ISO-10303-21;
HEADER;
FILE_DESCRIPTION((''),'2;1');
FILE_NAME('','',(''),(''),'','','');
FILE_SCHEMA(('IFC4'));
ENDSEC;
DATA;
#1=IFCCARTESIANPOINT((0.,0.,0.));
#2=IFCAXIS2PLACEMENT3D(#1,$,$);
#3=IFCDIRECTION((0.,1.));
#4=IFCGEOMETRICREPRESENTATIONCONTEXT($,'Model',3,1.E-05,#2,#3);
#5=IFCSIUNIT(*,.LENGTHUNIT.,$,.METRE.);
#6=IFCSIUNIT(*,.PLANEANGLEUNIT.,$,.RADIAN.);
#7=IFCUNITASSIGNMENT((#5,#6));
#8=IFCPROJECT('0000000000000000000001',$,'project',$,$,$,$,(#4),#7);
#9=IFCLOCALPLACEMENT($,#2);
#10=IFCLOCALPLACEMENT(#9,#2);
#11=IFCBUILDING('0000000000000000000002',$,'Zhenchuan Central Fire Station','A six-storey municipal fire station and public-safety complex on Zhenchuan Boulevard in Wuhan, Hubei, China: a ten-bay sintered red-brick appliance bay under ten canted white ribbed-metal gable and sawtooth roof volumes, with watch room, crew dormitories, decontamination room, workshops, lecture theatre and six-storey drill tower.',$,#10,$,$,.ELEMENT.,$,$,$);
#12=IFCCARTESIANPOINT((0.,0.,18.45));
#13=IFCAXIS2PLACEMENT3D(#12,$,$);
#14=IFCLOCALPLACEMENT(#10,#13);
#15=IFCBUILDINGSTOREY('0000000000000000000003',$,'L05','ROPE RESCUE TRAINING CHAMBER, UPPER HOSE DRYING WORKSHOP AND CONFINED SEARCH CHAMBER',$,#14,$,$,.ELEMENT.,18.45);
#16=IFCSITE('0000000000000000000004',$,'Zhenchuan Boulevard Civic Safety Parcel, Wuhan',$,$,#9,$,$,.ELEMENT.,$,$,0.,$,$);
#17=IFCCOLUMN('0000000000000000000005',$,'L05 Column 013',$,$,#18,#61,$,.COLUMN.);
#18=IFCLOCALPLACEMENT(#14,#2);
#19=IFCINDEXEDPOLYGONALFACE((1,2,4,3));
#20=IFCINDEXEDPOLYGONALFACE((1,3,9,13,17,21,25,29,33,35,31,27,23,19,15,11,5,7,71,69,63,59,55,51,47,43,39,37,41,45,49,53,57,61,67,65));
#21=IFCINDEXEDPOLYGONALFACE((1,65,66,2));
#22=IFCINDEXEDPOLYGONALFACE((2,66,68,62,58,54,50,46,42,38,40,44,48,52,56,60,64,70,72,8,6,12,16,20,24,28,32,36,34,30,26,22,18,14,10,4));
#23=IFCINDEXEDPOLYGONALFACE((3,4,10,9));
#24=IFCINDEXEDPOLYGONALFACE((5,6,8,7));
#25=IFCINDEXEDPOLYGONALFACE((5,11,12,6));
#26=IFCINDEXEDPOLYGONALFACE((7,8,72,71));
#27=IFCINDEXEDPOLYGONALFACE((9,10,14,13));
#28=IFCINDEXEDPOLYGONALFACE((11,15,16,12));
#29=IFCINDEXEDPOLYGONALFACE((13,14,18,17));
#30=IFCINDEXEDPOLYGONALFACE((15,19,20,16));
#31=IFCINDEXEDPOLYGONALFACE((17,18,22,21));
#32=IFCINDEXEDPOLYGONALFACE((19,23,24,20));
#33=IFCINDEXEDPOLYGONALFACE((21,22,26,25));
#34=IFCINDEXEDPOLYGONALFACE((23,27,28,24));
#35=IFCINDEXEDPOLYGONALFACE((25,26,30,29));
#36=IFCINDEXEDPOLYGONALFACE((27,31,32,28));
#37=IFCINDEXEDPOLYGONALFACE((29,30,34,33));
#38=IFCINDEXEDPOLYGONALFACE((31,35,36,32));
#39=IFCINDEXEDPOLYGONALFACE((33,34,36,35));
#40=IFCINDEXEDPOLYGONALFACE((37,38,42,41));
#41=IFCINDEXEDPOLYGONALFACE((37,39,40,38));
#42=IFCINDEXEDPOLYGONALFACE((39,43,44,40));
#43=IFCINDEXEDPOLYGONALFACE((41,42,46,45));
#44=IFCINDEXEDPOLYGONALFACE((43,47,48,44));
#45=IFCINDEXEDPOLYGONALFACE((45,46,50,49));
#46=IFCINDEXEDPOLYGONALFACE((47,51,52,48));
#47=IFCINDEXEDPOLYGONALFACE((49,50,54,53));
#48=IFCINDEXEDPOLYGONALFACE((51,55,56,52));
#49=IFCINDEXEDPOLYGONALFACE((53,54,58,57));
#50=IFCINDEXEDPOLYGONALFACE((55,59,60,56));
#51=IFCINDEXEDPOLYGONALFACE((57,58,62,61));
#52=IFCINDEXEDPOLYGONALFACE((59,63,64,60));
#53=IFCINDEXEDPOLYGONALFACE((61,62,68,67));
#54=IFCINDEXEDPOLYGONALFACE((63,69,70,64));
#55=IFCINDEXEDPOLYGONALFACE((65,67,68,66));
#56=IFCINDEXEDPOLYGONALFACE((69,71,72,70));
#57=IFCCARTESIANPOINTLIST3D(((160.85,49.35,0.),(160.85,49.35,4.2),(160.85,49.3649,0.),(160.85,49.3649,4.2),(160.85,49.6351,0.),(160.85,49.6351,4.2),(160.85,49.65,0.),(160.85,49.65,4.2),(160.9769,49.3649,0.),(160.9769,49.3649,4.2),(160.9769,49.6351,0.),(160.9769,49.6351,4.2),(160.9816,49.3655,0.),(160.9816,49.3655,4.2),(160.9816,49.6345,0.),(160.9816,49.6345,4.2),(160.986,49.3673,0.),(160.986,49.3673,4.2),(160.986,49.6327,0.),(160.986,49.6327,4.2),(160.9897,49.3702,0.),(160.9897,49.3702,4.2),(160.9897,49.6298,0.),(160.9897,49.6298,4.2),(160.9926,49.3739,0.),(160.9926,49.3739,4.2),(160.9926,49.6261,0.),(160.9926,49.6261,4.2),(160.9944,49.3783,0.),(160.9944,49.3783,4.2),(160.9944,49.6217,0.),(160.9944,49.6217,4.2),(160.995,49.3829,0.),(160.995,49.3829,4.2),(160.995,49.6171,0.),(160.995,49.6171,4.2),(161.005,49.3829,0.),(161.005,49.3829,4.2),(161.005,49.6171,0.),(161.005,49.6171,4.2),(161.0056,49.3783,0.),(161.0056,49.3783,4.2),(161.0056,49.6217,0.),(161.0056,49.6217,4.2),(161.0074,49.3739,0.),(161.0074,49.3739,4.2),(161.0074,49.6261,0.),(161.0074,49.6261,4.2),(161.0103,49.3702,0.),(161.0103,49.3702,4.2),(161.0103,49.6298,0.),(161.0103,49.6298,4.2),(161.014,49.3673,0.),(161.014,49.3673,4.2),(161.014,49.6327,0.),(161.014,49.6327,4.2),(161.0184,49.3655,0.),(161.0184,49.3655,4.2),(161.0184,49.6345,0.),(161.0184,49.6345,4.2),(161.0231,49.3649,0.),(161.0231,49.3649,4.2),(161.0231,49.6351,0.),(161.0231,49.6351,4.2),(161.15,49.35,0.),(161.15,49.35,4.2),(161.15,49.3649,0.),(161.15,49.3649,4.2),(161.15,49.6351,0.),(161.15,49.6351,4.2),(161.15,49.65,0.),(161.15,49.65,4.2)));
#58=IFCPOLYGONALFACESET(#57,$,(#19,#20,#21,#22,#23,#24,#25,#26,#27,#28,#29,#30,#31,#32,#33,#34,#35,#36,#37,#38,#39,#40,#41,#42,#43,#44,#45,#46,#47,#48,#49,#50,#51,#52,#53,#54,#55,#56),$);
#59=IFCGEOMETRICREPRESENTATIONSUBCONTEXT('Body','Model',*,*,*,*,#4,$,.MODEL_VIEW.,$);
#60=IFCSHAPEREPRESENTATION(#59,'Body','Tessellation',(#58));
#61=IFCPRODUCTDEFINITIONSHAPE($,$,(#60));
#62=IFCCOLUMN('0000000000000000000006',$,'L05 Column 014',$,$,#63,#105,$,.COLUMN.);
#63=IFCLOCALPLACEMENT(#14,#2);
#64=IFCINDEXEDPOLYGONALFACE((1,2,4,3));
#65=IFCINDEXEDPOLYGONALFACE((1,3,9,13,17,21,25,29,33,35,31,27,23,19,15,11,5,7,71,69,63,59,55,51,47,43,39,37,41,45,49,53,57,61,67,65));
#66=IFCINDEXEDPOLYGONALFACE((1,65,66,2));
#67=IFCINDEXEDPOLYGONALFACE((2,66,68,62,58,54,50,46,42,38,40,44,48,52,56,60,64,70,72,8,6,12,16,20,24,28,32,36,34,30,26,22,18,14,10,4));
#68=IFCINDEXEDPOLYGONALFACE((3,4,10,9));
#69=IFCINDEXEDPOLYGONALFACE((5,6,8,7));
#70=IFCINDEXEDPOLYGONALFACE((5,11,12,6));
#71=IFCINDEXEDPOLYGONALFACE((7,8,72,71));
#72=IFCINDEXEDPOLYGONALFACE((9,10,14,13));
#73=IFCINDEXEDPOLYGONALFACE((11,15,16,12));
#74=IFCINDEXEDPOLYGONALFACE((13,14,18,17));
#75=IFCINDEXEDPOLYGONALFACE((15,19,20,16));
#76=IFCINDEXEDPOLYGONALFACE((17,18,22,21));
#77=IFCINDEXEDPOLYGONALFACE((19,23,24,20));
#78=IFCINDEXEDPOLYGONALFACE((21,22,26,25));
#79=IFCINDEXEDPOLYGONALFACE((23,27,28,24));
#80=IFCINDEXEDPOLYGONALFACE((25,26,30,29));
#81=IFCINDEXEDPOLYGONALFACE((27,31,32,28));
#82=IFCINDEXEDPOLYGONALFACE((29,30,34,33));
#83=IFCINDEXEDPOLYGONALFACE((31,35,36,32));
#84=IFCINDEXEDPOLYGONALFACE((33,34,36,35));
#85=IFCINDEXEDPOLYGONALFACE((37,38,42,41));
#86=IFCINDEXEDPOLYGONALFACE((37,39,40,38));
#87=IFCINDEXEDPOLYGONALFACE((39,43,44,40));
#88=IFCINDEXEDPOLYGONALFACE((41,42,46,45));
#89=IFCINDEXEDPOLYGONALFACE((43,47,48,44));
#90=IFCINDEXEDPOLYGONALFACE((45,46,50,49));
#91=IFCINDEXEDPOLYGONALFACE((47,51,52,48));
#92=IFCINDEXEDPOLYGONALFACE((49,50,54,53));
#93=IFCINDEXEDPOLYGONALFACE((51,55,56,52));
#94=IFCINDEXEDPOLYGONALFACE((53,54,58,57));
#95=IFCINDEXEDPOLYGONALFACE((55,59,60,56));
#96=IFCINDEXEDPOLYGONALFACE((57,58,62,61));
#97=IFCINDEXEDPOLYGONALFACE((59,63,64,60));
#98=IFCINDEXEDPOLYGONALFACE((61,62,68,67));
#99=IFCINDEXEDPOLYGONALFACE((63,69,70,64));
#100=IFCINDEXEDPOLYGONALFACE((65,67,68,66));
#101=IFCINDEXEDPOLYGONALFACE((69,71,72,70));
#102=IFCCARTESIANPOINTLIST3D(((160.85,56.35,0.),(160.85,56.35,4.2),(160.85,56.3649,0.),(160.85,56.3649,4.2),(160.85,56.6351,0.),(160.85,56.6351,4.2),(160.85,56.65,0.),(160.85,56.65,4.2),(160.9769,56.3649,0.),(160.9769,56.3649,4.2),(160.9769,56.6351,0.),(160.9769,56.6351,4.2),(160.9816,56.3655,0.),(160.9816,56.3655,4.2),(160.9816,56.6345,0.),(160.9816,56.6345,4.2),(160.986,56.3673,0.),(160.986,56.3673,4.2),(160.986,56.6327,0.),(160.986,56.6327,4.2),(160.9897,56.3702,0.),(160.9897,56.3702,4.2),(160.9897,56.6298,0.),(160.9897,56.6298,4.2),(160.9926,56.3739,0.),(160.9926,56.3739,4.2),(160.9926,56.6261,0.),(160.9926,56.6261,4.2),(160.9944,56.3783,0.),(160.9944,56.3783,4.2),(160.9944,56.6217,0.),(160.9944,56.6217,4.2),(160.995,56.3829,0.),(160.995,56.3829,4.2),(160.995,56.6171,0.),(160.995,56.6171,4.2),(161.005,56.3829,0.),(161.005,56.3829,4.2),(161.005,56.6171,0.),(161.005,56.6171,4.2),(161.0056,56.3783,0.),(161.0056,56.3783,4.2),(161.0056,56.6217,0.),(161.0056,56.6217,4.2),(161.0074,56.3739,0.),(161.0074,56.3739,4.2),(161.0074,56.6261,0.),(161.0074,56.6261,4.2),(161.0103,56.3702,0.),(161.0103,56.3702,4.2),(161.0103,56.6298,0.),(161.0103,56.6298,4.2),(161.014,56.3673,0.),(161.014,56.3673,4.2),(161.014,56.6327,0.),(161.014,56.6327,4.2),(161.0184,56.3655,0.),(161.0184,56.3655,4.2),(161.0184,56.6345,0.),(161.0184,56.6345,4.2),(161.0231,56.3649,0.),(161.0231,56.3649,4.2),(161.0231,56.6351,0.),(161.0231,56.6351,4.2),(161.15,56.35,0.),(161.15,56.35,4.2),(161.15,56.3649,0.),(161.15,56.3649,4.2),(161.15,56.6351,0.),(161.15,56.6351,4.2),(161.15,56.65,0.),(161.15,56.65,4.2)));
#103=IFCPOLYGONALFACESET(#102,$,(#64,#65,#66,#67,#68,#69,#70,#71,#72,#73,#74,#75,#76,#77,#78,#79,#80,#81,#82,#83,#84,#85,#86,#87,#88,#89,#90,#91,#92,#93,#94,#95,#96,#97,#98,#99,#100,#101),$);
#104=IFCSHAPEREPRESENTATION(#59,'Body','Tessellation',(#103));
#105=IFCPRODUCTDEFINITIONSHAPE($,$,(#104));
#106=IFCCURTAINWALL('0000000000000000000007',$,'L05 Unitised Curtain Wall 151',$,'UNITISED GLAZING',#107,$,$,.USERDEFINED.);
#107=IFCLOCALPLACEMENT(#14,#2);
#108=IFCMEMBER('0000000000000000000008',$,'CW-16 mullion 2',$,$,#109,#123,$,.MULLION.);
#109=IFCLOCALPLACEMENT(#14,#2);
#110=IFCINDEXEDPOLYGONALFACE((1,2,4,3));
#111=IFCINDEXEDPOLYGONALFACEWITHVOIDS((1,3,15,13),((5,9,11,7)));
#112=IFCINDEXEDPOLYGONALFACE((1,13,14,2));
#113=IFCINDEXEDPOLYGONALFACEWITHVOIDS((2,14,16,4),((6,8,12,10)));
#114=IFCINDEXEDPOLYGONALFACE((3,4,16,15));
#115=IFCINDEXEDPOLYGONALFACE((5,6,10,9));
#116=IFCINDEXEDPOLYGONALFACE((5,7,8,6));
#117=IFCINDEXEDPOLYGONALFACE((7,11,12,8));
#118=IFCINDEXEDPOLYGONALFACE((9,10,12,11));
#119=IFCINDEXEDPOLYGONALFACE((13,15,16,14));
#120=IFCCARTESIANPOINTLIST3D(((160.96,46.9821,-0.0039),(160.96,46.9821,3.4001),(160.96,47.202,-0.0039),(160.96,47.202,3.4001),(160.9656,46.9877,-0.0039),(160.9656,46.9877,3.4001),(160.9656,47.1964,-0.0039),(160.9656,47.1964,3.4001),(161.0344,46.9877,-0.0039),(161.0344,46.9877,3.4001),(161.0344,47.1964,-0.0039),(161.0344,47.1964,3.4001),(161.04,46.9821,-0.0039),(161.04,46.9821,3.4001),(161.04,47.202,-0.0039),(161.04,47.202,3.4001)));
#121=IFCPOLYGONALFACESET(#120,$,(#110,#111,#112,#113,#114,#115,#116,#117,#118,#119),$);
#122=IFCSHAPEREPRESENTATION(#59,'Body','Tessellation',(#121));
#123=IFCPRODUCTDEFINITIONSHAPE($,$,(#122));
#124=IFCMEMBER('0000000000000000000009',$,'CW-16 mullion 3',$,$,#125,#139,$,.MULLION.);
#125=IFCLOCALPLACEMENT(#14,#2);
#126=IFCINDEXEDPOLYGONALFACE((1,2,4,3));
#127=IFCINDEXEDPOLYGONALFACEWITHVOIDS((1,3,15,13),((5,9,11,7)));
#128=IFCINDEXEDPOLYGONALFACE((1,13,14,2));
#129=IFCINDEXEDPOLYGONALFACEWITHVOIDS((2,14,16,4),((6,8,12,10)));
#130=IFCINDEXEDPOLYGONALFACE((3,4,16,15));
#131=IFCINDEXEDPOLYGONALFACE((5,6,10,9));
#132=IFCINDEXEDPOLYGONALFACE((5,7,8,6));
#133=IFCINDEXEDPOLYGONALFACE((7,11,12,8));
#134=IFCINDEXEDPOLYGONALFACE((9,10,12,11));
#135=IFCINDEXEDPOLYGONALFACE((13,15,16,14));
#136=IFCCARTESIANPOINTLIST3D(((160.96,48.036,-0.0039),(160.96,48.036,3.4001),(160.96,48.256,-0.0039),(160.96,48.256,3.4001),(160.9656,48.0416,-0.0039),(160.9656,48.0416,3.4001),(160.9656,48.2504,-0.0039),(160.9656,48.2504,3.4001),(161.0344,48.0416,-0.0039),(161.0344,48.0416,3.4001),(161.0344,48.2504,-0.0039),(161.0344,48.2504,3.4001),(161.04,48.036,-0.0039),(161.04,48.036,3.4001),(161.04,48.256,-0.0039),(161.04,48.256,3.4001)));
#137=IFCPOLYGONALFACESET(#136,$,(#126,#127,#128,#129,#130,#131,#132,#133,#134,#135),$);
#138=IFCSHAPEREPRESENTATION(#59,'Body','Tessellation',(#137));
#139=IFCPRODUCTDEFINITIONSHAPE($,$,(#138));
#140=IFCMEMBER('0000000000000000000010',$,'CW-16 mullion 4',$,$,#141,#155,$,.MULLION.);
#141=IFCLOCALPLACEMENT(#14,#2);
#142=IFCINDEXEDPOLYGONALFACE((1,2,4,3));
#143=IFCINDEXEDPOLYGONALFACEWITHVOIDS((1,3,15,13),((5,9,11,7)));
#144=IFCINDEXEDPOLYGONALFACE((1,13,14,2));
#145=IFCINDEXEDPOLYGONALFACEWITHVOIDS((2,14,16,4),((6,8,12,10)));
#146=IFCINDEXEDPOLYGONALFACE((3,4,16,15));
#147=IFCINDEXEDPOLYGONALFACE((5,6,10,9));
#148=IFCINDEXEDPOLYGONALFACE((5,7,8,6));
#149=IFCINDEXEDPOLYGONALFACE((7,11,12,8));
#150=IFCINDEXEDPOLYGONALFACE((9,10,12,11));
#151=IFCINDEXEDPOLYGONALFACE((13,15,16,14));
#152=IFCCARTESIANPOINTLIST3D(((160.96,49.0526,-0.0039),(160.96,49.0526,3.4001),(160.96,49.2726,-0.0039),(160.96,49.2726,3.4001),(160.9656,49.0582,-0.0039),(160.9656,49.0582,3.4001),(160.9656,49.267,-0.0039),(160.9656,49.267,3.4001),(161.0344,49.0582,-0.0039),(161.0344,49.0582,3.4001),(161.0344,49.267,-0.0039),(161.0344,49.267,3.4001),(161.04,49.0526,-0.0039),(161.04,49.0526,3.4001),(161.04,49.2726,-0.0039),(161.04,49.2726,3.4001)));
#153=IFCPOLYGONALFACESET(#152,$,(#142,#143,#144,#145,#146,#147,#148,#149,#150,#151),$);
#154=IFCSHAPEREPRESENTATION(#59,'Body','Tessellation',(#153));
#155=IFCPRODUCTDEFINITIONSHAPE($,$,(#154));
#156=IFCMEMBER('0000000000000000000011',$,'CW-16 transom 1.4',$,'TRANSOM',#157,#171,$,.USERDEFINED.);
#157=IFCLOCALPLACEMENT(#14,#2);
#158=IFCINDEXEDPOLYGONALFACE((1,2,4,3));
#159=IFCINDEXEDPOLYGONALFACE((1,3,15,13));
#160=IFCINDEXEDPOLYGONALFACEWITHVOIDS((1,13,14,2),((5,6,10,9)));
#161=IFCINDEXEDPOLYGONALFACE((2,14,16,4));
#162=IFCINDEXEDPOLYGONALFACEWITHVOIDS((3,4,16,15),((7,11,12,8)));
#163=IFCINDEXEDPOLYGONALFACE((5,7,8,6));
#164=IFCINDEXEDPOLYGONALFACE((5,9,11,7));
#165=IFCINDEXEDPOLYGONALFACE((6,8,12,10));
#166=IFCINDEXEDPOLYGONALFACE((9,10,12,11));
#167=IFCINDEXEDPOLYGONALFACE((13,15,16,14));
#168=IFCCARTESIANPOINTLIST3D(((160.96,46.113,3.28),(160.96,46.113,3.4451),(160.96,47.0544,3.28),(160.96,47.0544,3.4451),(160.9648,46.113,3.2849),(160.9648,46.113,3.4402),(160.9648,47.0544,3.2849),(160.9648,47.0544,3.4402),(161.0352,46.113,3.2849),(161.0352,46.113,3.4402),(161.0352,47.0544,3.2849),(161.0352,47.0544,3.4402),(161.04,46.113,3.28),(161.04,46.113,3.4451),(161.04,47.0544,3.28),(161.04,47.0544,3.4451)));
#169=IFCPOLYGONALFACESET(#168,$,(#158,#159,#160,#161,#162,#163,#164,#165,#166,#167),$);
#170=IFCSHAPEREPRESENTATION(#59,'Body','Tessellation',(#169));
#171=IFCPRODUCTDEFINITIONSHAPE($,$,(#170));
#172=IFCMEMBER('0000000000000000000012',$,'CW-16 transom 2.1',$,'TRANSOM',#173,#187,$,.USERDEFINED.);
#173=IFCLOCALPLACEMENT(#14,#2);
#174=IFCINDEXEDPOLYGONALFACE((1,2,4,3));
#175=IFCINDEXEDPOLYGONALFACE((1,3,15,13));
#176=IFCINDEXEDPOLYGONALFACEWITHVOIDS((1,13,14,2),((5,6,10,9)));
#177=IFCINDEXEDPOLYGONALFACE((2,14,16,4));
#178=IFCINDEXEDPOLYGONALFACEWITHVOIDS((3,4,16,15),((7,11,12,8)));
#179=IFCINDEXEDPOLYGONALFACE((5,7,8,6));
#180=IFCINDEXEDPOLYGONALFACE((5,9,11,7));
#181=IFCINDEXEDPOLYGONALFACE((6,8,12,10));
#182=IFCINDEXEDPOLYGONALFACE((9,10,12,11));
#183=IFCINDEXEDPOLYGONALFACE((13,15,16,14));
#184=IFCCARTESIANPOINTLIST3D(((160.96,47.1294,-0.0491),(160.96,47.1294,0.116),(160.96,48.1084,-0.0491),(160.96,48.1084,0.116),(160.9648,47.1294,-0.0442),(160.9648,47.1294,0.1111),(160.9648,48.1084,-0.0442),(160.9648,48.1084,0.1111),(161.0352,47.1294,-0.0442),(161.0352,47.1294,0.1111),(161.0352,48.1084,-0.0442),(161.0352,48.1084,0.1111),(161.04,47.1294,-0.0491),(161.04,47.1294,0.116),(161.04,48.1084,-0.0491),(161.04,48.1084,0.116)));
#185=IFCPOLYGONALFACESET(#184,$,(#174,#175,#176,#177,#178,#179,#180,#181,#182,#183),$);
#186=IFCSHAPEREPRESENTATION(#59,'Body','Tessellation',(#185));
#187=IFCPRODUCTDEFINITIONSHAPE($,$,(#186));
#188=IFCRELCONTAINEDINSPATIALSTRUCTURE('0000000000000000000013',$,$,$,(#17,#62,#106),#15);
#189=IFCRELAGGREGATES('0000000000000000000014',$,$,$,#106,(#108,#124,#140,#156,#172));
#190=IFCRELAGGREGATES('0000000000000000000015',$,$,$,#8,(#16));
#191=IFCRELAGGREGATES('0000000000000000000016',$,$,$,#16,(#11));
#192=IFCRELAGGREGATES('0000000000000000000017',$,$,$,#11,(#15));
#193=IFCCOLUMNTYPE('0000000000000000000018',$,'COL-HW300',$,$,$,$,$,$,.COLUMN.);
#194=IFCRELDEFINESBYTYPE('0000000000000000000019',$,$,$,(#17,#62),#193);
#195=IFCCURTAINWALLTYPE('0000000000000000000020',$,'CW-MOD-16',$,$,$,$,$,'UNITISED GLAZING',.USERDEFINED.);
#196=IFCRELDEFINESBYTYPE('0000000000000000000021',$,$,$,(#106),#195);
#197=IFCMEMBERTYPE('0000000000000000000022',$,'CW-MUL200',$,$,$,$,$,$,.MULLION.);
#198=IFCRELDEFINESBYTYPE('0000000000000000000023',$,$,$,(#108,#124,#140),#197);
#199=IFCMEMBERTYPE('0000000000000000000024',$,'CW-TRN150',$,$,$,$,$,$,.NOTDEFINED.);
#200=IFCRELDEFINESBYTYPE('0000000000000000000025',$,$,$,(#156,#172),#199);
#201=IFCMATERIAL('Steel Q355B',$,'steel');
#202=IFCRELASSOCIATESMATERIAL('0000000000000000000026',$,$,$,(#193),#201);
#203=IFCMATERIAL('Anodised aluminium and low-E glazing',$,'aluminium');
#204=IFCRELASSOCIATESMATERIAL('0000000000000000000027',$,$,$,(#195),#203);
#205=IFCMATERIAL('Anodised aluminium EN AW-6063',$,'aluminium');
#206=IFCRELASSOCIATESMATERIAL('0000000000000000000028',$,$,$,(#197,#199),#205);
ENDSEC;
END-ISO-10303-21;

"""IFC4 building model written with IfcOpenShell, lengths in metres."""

from ifc_helpers import new_model, si_unit, direction, frame, origin, origin_2d, place, context, subcontext, project, spatial, hollow_rectangle, i_section, extrude, material, material_profile, profile_set, type_object, element, aggregate, save


model = new_model("IFC4")

# Units and contexts
model_context = context("Model", 3, precision=1e-05, world=origin(), true_north=direction((0.0, 1.0)))
body_context = subcontext(model_context, "Body", "Model", "MODEL_VIEW")
ifc_project = project(units=[si_unit("LENGTHUNIT", "METRE"), si_unit("PLANEANGLEUNIT", "RADIAN")], contexts=[model_context])

# Site, building, storey
site_placement = place(None, origin())
site = spatial("IfcSite", under=ifc_project, at=site_placement, Name="Zhenchuan Boulevard Civic Safety Parcel, Wuhan", CompositionType="ELEMENT", RefElevation=0.0)
building_placement = place(site_placement, origin())
building = spatial("IfcBuilding", under=site, at=building_placement, Name="Zhenchuan Central Fire Station", Description="A six-storey municipal fire station and public-safety complex on Zhenchuan Boulevard in Wuhan, Hubei, China: a ten-bay sintered red-brick appliance bay under ten canted white ribbed-metal gable and sawtooth roof volumes, with watch room, crew dormitories, decontamination room, workshops, lecture theatre and six-storey drill tower.", CompositionType="ELEMENT")
storey_placement = place(building_placement, frame((0.0, 0.0, 18.45)))
storey = spatial("IfcBuildingStorey", under=building, at=storey_placement, Name="L05", Description="ROPE RESCUE TRAINING CHAMBER, UPPER HOSE DRYING WORKSHOP AND CONFINED SEARCH CHAMBER", CompositionType="ELEMENT", Elevation=18.45)

# Columns
ifc_material_1 = material(Name="Steel Q355B", Category="steel")
ifc_material_profile_1 = material_profile(ifc_material_1, i_section(OverallWidth=0.3, OverallDepth=0.3, WebThickness=0.01, FlangeThickness=0.0149, FilletRadius=0.0181, at=origin_2d()), Name="HW 300x300")
ifc_profile_set_1 = profile_set([ifc_material_profile_1], Name="Steel Q355B")
column_type = type_object("IfcColumnType", Name="COL-HW300", PredefinedType="COLUMN", material=ifc_profile_set_1)
for number, where, z_axis, x_axis, name in (
    (1, (161.0, 49.5, 0.0), (0.0, 0.0, 1.0), (1.0, 0.0, 0.0), "L05 Column 013"),
    (2, (161.0, 56.5, 0.0), (0.0, 0.0, 1.0), (1.0, 0.0, 0.0), "L05 Column 014"),
):
    element("IfcColumn", number, at=place(storey_placement, frame(where, z_axis=z_axis, x_axis=x_axis)), inside=storey, type_object=column_type, Name=name, PredefinedType="COLUMN", context=body_context, shape_type="SweptSolid", body=[
        extrude(i_section(OverallWidth=0.3, OverallDepth=0.3, WebThickness=0.01, FlangeThickness=0.0149, FilletRadius=0.0181, at=origin_2d()), origin(), (0.0, 0.0, 1.0), 4.2),
    ])

# Curtain wall, members
ifc_material_2 = material(Name="Anodised aluminium and low-E glazing", Category="aluminium")
curtain_wall_type = type_object("IfcCurtainWallType", Name="CW-MOD-16", ElementType="UNITISED GLAZING", PredefinedType="USERDEFINED", material=ifc_material_2)
curtain_wall_placement = place(storey_placement, origin())
curtain_wall = element("IfcCurtainWall", 3, at=curtain_wall_placement, inside=storey, type_object=curtain_wall_type, Name="L05 Unitised Curtain Wall 151", ObjectType="UNITISED GLAZING", PredefinedType="USERDEFINED")
ifc_material_3 = material(Name="Anodised aluminium EN AW-6063", Category="aluminium")
ifc_material_profile_2 = material_profile(ifc_material_3, hollow_rectangle(XDim=0.0801, YDim=0.22, WallThickness=0.0056, at=origin_2d()), Name="ALU-M 220x80")
ifc_profile_set_2 = profile_set([ifc_material_profile_2], Name="Anodised aluminium EN AW-6063")
member_type_1 = type_object("IfcMemberType", Name="CW-MUL200", PredefinedType="MULLION", material=ifc_profile_set_2)
member_1_placement = place(storey_placement, frame((161.0, 47.092, -0.0039), z_axis=(0.0, 0.0, 1.0), x_axis=(-1.0, 0.0, 0.0)))
member_1 = element("IfcMember", 4, at=member_1_placement, type_object=member_type_1, Name="CW-16 mullion 2", PredefinedType="MULLION", context=body_context, shape_type="SweptSolid", body=[
    extrude(hollow_rectangle(XDim=0.0801, YDim=0.22, WallThickness=0.0056, at=origin_2d()), origin(), (0.0, 0.0, 1.0), 3.4041),
])
member_2_placement = place(storey_placement, frame((161.0, 48.146, -0.0039), z_axis=(0.0, 0.0, 1.0), x_axis=(-1.0, 0.0, 0.0)))
member_2 = element("IfcMember", 5, at=member_2_placement, type_object=member_type_1, Name="CW-16 mullion 3", PredefinedType="MULLION", context=body_context, shape_type="SweptSolid", body=[
    extrude(hollow_rectangle(XDim=0.0801, YDim=0.22, WallThickness=0.0056, at=origin_2d()), origin(), (0.0, 0.0, 1.0), 3.4041),
])
member_3_placement = place(storey_placement, frame((161.0, 49.1626, -0.0039), z_axis=(0.0, 0.0, 1.0), x_axis=(-1.0, 0.0, 0.0)))
member_3 = element("IfcMember", 6, at=member_3_placement, type_object=member_type_1, Name="CW-16 mullion 4", PredefinedType="MULLION", context=body_context, shape_type="SweptSolid", body=[
    extrude(hollow_rectangle(XDim=0.0801, YDim=0.22, WallThickness=0.0056, at=origin_2d()), origin(), (0.0, 0.0, 1.0), 3.4041),
])
ifc_material_profile_3 = material_profile(ifc_material_3, hollow_rectangle(XDim=0.0801, YDim=0.165, WallThickness=0.0049, at=origin_2d()), Name="ALU-T 165x80")
ifc_profile_set_3 = profile_set([ifc_material_profile_3], Name="Anodised aluminium EN AW-6063")
member_type_2 = type_object("IfcMemberType", Name="CW-TRN150", PredefinedType="NOTDEFINED", material=ifc_profile_set_3)
member_4_placement = place(storey_placement, frame((161.0, 46.113, 3.3625), z_axis=(0.0, 1.0, 0.0), x_axis=(-1.0, 0.0, 0.0)))
member_4 = element("IfcMember", 7, at=member_4_placement, type_object=member_type_2, Name="CW-16 transom 1.4", ObjectType="TRANSOM", PredefinedType="USERDEFINED", context=body_context, shape_type="SweptSolid", body=[
    extrude(hollow_rectangle(XDim=0.0801, YDim=0.165, WallThickness=0.0049, at=origin_2d()), origin(), (0.0, 0.0, 1.0), 0.9414),
])
member_5_placement = place(storey_placement, frame((161.0, 47.1294, 0.0334), z_axis=(0.0, 1.0, 0.0), x_axis=(-1.0, 0.0, 0.0)))
member_5 = element("IfcMember", 8, at=member_5_placement, type_object=member_type_2, Name="CW-16 transom 2.1", ObjectType="TRANSOM", PredefinedType="USERDEFINED", context=body_context, shape_type="SweptSolid", body=[
    extrude(hollow_rectangle(XDim=0.0801, YDim=0.165, WallThickness=0.0049, at=origin_2d()), origin(), (0.0, 0.0, 1.0), 0.979),
])

aggregate(curtain_wall, [member_1, member_2, member_3, member_4, member_5])

save(model, "model.ifc")
